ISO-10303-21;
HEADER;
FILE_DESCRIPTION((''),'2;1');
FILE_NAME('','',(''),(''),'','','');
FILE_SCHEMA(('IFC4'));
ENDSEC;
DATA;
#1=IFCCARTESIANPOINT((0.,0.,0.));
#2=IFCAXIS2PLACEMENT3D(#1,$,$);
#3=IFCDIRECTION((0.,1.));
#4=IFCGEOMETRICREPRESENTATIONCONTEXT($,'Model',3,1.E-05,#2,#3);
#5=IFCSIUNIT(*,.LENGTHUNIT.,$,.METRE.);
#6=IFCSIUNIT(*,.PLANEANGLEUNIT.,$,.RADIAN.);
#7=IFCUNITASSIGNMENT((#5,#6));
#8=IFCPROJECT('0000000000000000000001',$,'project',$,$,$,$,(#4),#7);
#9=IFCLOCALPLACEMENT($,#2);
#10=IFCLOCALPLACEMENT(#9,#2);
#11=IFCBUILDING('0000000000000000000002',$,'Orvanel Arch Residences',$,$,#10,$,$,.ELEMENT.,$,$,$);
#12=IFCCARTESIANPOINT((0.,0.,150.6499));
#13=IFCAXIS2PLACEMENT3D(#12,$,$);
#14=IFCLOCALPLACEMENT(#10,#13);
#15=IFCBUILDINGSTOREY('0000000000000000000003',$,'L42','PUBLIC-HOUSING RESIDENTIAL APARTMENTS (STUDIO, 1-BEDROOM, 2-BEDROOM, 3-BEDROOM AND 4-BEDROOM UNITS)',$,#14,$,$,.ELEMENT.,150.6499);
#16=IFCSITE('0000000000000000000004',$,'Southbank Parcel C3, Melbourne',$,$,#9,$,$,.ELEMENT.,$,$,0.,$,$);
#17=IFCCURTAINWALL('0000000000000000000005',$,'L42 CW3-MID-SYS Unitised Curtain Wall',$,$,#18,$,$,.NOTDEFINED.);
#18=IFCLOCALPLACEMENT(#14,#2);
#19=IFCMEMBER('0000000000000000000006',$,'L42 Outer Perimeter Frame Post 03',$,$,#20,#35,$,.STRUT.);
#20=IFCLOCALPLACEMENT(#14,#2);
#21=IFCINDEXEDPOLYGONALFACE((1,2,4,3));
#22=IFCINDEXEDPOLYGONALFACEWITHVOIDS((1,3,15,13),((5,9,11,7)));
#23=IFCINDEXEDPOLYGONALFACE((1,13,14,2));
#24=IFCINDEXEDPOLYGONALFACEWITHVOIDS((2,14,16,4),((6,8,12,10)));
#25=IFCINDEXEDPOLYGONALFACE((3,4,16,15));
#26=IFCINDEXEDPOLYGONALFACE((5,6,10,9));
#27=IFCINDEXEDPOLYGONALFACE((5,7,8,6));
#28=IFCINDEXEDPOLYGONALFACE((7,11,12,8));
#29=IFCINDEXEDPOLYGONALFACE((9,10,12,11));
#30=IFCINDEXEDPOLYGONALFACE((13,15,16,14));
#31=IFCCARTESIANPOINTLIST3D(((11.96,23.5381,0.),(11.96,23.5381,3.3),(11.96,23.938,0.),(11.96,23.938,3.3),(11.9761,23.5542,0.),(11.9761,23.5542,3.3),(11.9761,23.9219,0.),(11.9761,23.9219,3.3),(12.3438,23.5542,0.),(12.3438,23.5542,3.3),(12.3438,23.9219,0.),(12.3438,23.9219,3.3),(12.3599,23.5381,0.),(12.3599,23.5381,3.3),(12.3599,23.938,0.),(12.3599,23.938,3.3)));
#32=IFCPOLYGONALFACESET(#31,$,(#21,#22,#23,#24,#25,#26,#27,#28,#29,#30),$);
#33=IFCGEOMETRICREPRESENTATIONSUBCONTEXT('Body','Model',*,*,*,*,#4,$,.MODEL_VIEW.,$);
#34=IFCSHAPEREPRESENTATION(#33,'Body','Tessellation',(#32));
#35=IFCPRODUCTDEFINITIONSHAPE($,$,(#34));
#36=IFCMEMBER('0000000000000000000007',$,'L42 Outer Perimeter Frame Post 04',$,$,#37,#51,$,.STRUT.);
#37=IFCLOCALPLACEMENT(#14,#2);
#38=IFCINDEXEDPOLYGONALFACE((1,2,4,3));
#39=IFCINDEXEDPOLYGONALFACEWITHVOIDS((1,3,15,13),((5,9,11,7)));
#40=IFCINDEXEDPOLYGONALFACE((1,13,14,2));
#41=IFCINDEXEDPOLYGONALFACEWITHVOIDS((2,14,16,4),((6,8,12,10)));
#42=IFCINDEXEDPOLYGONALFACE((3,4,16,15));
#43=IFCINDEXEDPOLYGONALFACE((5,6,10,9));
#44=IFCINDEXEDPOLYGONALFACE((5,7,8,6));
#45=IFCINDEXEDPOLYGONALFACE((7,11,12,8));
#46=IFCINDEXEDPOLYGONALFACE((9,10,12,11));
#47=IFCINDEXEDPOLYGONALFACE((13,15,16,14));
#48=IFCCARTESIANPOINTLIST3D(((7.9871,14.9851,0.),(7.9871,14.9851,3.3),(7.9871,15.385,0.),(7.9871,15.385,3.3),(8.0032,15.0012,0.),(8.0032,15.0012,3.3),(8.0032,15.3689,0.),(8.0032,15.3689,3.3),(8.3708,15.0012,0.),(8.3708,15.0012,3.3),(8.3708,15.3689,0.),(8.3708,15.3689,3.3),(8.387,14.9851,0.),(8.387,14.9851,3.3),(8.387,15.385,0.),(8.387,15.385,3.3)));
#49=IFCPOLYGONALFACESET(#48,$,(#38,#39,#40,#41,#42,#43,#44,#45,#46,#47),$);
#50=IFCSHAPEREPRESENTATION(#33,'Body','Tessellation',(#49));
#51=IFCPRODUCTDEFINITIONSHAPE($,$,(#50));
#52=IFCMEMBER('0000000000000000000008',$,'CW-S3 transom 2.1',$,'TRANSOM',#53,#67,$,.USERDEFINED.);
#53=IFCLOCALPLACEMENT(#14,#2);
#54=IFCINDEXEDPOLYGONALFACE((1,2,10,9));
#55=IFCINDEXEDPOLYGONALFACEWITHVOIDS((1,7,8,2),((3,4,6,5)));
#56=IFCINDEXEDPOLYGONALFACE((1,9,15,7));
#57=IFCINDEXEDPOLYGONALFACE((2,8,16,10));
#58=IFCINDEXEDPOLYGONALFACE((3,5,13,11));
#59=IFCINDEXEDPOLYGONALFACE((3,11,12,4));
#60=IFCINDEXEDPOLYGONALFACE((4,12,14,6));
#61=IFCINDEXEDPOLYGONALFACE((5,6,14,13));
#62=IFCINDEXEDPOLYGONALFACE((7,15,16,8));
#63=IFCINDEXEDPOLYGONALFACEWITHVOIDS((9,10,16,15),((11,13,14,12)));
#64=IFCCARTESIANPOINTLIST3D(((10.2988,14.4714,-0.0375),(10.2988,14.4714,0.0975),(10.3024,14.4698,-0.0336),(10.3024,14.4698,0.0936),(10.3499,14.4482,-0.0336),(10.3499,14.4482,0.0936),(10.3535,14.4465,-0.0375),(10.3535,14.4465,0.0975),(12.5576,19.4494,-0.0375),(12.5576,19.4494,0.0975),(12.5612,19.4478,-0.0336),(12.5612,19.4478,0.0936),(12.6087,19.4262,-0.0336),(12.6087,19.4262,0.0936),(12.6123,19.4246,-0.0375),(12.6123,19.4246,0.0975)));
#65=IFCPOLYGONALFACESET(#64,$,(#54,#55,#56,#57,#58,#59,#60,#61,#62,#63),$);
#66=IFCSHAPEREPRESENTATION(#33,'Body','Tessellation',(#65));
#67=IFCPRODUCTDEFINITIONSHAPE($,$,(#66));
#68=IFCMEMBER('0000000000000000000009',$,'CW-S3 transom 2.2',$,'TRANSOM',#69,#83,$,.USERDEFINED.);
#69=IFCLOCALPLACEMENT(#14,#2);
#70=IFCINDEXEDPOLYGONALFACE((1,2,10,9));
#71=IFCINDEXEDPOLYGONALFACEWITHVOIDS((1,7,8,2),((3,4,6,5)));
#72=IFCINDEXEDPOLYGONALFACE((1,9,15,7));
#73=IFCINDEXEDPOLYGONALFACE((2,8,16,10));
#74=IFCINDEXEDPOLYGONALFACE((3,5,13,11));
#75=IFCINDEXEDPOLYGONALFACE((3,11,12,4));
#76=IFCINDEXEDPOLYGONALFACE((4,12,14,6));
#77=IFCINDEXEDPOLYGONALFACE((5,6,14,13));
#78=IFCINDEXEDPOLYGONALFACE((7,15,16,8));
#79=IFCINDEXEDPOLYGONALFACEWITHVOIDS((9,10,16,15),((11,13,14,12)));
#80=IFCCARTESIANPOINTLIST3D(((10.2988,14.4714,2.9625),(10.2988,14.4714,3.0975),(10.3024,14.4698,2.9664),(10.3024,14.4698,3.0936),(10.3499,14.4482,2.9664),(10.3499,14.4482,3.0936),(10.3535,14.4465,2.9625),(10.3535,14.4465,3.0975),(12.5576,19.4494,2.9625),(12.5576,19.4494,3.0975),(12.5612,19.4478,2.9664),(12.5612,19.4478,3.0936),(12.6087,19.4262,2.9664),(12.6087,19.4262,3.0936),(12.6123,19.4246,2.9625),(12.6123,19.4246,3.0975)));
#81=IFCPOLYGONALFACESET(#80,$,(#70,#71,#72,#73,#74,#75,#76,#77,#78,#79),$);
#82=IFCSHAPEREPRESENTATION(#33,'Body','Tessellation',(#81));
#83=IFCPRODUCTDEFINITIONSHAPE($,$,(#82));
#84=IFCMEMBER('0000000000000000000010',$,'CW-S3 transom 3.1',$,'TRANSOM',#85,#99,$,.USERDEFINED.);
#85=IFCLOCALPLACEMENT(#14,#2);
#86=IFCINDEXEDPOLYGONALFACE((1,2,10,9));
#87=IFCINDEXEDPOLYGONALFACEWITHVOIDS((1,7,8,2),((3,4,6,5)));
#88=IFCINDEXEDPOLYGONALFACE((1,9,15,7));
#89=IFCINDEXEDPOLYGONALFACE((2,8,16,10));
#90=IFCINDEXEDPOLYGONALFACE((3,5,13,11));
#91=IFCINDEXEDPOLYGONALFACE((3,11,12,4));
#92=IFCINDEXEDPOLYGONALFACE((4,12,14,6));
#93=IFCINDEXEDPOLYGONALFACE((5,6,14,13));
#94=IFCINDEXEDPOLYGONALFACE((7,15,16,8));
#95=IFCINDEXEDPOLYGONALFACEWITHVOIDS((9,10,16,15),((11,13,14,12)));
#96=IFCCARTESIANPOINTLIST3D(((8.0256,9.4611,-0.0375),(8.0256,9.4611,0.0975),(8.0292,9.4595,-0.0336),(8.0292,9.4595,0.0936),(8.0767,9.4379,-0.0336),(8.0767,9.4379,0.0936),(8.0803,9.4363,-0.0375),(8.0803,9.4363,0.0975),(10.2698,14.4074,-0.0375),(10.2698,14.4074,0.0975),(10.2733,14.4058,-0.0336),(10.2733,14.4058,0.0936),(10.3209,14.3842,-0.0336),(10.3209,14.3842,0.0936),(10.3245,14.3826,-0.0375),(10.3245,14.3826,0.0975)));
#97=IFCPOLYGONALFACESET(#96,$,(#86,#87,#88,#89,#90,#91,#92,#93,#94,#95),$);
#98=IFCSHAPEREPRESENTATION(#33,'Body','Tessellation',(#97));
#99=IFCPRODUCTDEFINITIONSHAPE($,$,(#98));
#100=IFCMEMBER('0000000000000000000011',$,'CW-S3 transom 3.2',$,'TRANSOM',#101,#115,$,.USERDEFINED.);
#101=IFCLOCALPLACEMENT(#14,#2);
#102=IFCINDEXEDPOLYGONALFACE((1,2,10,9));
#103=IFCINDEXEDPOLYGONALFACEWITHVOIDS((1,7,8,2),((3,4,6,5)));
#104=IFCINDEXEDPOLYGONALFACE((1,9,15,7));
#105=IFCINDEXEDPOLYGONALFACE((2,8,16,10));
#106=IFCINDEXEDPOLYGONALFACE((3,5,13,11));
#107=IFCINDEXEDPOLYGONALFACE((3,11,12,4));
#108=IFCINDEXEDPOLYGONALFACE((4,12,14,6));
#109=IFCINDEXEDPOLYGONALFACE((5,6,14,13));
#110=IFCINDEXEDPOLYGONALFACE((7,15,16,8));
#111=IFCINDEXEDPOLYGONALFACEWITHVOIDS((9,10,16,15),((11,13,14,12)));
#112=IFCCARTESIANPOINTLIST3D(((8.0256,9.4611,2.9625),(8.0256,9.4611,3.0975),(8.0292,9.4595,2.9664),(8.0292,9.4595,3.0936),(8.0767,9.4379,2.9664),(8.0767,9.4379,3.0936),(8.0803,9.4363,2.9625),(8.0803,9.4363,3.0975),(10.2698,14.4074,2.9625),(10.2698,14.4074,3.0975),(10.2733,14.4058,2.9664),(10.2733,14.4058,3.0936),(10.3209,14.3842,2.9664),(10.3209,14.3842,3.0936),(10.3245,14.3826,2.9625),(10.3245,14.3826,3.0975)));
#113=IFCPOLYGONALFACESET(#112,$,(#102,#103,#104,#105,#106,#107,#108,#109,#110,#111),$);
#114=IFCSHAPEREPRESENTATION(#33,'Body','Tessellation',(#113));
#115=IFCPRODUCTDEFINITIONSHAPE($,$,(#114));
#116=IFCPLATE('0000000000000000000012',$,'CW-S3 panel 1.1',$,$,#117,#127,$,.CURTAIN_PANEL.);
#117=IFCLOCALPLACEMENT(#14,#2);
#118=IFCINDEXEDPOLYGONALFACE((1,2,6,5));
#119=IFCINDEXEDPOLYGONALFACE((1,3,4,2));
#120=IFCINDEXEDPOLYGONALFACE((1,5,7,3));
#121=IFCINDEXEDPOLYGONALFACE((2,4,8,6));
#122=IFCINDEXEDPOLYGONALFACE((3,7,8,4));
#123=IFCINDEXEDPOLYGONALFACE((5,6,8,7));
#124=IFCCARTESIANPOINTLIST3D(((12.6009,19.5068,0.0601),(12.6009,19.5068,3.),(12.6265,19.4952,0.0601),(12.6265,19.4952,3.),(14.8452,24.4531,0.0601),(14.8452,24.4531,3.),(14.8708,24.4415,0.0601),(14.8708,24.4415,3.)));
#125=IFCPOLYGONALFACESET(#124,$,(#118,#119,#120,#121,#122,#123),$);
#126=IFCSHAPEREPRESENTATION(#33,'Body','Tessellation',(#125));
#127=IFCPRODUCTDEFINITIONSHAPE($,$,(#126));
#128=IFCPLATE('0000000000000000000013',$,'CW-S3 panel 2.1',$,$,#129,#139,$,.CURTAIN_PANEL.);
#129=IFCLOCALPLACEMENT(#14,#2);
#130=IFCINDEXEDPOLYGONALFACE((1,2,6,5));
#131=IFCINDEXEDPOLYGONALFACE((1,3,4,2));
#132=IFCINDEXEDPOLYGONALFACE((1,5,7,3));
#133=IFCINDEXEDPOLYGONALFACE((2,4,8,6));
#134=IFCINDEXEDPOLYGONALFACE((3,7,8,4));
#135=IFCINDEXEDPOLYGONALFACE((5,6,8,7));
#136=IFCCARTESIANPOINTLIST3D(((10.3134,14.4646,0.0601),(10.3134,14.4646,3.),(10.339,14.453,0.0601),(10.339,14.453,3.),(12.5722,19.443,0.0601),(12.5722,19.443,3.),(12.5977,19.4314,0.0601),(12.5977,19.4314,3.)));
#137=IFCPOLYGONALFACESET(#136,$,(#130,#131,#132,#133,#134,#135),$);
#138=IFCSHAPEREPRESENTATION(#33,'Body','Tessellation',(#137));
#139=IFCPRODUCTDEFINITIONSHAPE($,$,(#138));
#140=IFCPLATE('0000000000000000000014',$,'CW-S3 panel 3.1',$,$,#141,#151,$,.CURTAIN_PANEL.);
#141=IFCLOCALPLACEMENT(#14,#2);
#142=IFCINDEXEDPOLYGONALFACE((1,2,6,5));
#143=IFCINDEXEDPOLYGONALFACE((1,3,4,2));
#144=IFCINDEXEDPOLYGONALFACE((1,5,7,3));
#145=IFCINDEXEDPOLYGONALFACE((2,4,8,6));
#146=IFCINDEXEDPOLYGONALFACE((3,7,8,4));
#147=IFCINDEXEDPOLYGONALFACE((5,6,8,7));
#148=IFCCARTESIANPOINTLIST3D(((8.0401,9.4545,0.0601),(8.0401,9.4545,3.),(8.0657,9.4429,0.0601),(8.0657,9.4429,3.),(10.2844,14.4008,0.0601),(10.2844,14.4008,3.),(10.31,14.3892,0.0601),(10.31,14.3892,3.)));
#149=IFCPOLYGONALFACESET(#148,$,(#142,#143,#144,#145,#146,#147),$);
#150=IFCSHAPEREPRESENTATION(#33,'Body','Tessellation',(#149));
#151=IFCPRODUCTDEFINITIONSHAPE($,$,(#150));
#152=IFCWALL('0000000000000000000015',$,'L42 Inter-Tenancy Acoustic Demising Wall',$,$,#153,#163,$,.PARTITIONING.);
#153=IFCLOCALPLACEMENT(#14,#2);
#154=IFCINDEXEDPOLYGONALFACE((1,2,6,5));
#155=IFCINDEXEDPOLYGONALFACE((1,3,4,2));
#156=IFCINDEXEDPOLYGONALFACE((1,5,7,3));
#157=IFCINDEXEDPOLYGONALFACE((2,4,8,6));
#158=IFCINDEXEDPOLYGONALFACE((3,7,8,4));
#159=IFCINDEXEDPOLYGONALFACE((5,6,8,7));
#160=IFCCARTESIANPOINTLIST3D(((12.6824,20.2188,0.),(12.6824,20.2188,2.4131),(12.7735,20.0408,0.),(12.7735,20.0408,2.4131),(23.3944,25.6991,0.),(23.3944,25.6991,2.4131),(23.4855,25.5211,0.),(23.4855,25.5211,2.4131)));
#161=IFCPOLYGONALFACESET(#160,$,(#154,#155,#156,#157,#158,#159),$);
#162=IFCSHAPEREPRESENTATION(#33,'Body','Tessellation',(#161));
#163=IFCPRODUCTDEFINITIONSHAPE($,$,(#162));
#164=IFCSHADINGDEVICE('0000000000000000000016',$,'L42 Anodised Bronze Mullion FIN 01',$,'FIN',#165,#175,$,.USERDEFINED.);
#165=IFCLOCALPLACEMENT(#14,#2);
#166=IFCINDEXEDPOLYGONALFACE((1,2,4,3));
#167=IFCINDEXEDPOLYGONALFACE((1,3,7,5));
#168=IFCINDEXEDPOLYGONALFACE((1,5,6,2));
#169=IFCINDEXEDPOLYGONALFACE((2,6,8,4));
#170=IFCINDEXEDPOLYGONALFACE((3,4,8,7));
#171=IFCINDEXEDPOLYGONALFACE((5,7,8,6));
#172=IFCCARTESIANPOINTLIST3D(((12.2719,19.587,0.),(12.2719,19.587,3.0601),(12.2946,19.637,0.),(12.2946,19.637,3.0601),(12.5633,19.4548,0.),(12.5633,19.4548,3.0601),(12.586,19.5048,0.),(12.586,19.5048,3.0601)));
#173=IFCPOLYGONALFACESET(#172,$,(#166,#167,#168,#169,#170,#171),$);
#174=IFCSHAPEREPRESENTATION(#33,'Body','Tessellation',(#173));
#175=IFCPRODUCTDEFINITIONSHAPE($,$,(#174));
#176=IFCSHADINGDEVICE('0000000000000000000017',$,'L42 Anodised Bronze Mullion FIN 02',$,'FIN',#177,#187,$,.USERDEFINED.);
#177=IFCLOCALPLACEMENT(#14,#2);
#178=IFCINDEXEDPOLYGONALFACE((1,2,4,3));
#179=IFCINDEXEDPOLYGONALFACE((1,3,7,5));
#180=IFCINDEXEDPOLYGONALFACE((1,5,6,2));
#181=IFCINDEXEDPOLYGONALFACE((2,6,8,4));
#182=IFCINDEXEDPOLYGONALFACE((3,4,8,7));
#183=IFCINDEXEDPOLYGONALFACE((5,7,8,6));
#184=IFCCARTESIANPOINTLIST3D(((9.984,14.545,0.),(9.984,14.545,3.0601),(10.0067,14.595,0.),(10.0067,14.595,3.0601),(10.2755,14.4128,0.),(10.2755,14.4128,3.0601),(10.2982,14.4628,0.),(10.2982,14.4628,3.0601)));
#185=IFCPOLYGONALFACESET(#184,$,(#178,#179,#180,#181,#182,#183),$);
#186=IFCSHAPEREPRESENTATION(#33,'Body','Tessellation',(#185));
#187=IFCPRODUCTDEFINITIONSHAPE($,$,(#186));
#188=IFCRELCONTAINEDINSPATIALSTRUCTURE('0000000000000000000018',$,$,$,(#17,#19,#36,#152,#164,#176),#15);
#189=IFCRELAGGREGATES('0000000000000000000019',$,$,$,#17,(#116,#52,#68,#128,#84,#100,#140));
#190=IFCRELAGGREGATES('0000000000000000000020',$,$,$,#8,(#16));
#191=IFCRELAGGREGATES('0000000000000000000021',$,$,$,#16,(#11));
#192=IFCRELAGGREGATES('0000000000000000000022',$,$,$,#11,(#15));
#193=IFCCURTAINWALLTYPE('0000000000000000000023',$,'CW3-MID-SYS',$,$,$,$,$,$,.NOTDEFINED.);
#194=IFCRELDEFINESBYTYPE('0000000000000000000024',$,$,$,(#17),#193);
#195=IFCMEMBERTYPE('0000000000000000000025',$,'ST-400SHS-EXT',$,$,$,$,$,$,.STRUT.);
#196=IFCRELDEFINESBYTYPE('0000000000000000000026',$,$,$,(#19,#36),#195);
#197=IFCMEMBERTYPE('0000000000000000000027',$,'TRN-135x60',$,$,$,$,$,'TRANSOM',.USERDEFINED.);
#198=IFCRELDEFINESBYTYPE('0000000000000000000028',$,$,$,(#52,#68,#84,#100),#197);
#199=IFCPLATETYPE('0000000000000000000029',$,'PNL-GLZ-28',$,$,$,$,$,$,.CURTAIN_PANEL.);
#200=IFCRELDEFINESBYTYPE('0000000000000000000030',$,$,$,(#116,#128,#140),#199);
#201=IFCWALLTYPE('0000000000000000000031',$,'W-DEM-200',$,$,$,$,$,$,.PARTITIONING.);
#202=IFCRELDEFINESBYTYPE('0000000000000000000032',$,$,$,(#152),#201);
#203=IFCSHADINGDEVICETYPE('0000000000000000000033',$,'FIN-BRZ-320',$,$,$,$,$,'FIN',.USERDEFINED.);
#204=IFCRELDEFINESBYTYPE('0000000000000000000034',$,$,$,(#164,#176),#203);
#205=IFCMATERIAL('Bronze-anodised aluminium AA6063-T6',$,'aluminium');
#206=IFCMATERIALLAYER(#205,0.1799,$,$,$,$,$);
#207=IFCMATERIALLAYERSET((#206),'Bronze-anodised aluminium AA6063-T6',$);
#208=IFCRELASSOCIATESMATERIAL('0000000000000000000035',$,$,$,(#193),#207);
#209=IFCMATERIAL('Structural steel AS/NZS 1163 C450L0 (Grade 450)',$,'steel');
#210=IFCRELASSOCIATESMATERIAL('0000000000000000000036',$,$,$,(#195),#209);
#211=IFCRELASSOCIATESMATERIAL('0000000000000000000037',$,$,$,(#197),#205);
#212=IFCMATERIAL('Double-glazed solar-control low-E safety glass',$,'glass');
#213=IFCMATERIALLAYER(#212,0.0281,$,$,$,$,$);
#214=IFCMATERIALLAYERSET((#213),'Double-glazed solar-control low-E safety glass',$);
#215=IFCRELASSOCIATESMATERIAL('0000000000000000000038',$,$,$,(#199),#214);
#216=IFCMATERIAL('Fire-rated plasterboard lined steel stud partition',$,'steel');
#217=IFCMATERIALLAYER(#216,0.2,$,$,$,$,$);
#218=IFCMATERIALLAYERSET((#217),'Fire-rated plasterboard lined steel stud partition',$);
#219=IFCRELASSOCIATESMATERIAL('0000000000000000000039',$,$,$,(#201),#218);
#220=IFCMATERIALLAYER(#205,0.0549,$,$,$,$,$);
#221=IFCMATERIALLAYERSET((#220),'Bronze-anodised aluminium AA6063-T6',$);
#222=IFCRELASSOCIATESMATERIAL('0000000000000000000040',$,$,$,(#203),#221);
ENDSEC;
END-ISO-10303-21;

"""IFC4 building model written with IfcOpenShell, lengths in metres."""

from ifc_helpers import new_model, si_unit, direction, frame, frame_2d, origin, origin_2d, place, context, subcontext, project, spatial, rectangle, hollow_rectangle, extrude, material, layer, layer_set, material_profile, profile_set, type_object, element, aggregate, save


model = new_model("IFC4")

# Units and contexts
model_context = context("Model", 3, precision=1e-05, world=origin(), true_north=direction((0.0, 1.0)))
body_context = subcontext(model_context, "Body", "Model", "MODEL_VIEW")
ifc_project = project(units=[si_unit("LENGTHUNIT", "METRE"), si_unit("PLANEANGLEUNIT", "RADIAN")], contexts=[model_context])

# Site, building, storey
site_placement = place(None, origin())
site = spatial("IfcSite", under=ifc_project, at=site_placement, Name="Southbank Parcel C3, Melbourne", CompositionType="ELEMENT", RefElevation=0.0)
building_placement = place(site_placement, origin())
building = spatial("IfcBuilding", under=site, at=building_placement, Name="Orvanel Arch Residences", CompositionType="ELEMENT")
storey_placement = place(building_placement, frame((0.0, 0.0, 150.6499)))
storey = spatial("IfcBuildingStorey", under=building, at=storey_placement, Name="L42", Description="PUBLIC-HOUSING RESIDENTIAL APARTMENTS (STUDIO, 1-BEDROOM, 2-BEDROOM, 3-BEDROOM AND 4-BEDROOM UNITS)", CompositionType="ELEMENT", Elevation=150.6499)

# Shared definitions
ifc_material_1 = material(Name="Bronze-anodised aluminium AA6063-T6", Category="aluminium")

# Curtain wall
ifc_layer_1 = layer(ifc_material_1, 0.1799)
ifc_layer_set_1 = layer_set([ifc_layer_1], Name="Bronze-anodised aluminium AA6063-T6")
curtain_wall_type_1 = type_object("IfcCurtainWallType", Name="CW3-MID-SYS", PredefinedType="NOTDEFINED", material=ifc_layer_set_1)
curtain_wall_1_placement = place(storey_placement, origin())
curtain_wall_1 = element("IfcCurtainWall", 1, at=curtain_wall_1_placement, inside=storey, type_object=curtain_wall_type_1, Name="L42 CW3-MID-SYS Unitised Curtain Wall", PredefinedType="NOTDEFINED")

# Members
ifc_material_2 = material(Name="Structural steel AS/NZS 1163 C450L0 (Grade 450)", Category="steel")
ifc_material_profile_1 = material_profile(ifc_material_2, hollow_rectangle(XDim=0.3999, YDim=0.3999, WallThickness=0.0161, at=origin_2d()), Name="SHS400x400x16")
ifc_profile_set_1 = profile_set([ifc_material_profile_1], Name="Structural steel AS/NZS 1163 C450L0 (Grade 450)")
member_type_1 = type_object("IfcMemberType", Name="ST-400SHS-EXT", PredefinedType="STRUT", material=ifc_profile_set_1)
for number, where, z_axis, x_axis, name in (
    (2, (12.1599, 23.738, 0.0), (0.0, 0.0, 1.0), (1.0, 0.0, 0.0), "L42 Outer Perimeter Frame Post 03"),
    (3, (8.187, 15.1851, 0.0), (0.0, 0.0, 1.0), (1.0, 0.0, 0.0), "L42 Outer Perimeter Frame Post 04"),
):
    element("IfcMember", number, at=place(storey_placement, frame(where, z_axis=z_axis, x_axis=x_axis)), inside=storey, type_object=member_type_1, Name=name, PredefinedType="STRUT", context=body_context, shape_type="SweptSolid", body=[
        extrude(hollow_rectangle(XDim=0.3999, YDim=0.3999, WallThickness=0.0161, at=origin_2d()), origin(), (0.0, 0.0, 1.0), 3.3),
    ])

# Members
ifc_material_profile_2 = material_profile(ifc_material_1, hollow_rectangle(XDim=0.0601, YDim=0.135, WallThickness=0.0039, at=origin_2d()), Name="ALU135x60x4")
ifc_profile_set_2 = profile_set([ifc_material_profile_2], Name="Bronze-anodised aluminium AA6063-T6")
member_type_2 = type_object("IfcMemberType", Name="TRN-135x60", ElementType="TRANSOM", PredefinedType="USERDEFINED", material=ifc_profile_set_2)
member_1_placement = place(storey_placement, frame((12.585, 19.437, 0.03), z_axis=(-0.413204, -0.910639, 0.0), x_axis=(0.910639, -0.413204, 0.0)))
member_1 = element("IfcMember", 4, at=member_1_placement, type_object=member_type_2, Name="CW-S3 transom 2.1", ObjectType="TRANSOM", PredefinedType="USERDEFINED", context=body_context, shape_type="SweptSolid", body=[
    extrude(hollow_rectangle(XDim=0.0601, YDim=0.135, WallThickness=0.0039, at=origin_2d()), origin(), (0.0, 0.0, 1.0), 5.4666),
])
member_2_placement = place(storey_placement, frame((12.585, 19.437, 3.03), z_axis=(-0.413204, -0.910639, 0.0), x_axis=(0.910639, -0.413204, 0.0)))
member_2 = element("IfcMember", 5, at=member_2_placement, type_object=member_type_2, Name="CW-S3 transom 2.2", ObjectType="TRANSOM", PredefinedType="USERDEFINED", context=body_context, shape_type="SweptSolid", body=[
    extrude(hollow_rectangle(XDim=0.0601, YDim=0.135, WallThickness=0.0039, at=origin_2d()), origin(), (0.0, 0.0, 1.0), 5.4666),
])
member_3_placement = place(storey_placement, frame((10.2971, 14.395, 0.03), z_axis=(-0.413166, -0.910656, 0.0), x_axis=(0.910656, -0.413166, 0.0)))
member_3 = element("IfcMember", 6, at=member_3_placement, type_object=member_type_2, Name="CW-S3 transom 3.1", ObjectType="TRANSOM", PredefinedType="USERDEFINED", context=body_context, shape_type="SweptSolid", body=[
    extrude(hollow_rectangle(XDim=0.0601, YDim=0.135, WallThickness=0.0039, at=origin_2d()), origin(), (0.0, 0.0, 1.0), 5.4316),
])
member_4_placement = place(storey_placement, frame((10.2971, 14.395, 3.03), z_axis=(-0.413166, -0.910656, 0.0), x_axis=(0.910656, -0.413166, 0.0)))
member_4 = element("IfcMember", 7, at=member_4_placement, type_object=member_type_2, Name="CW-S3 transom 3.2", ObjectType="TRANSOM", PredefinedType="USERDEFINED", context=body_context, shape_type="SweptSolid", body=[
    extrude(hollow_rectangle(XDim=0.0601, YDim=0.135, WallThickness=0.0039, at=origin_2d()), origin(), (0.0, 0.0, 1.0), 5.4316),
])

# Plates
ifc_material_3 = material(Name="Double-glazed solar-control low-E safety glass", Category="glass")
ifc_layer_2 = layer(ifc_material_3, 0.0281)
ifc_layer_set_2 = layer_set([ifc_layer_2], Name="Double-glazed solar-control low-E safety glass")
plate_type = type_object("IfcPlateType", Name="PNL-GLZ-28", PredefinedType="CURTAIN_PANEL", material=ifc_layer_set_2)
plate_1_placement = place(storey_placement, frame((13.7358, 21.9741, 0.0601), z_axis=(0.0, 0.0, 1.0), x_axis=(-0.413181, -0.910649, 0.0)))
plate_1 = element("IfcPlate", 8, at=plate_1_placement, type_object=plate_type, Name="CW-S3 panel 1.1", PredefinedType="CURTAIN_PANEL", context=body_context, shape_type="SweptSolid", body=[
    extrude(rectangle(XDim=5.4316, YDim=0.0281, at=origin_2d()), origin(), (0.0, 0.0, 1.0), 2.9399),
])
plate_2_placement = place(storey_placement, frame((11.4556, 16.948, 0.0601), z_axis=(0.0, 0.0, 1.0), x_axis=(-0.413181, -0.910649, 0.0)))
plate_2 = element("IfcPlate", 9, at=plate_2_placement, type_object=plate_type, Name="CW-S3 panel 2.1", PredefinedType="CURTAIN_PANEL", context=body_context, shape_type="SweptSolid", body=[
    extrude(rectangle(XDim=5.4668, YDim=0.0281, at=origin_2d()), origin(), (0.0, 0.0, 1.0), 2.9399),
])
plate_3_placement = place(storey_placement, frame((9.175, 11.9219, 0.0601), z_axis=(0.0, 0.0, 1.0), x_axis=(-0.413181, -0.910649, 0.0)))
plate_3 = element("IfcPlate", 10, at=plate_3_placement, type_object=plate_type, Name="CW-S3 panel 3.1", PredefinedType="CURTAIN_PANEL", context=body_context, shape_type="SweptSolid", body=[
    extrude(rectangle(XDim=5.4316, YDim=0.0281, at=origin_2d()), origin(), (0.0, 0.0, 1.0), 2.9399),
])
aggregate(curtain_wall_1, [plate_1, member_1, member_2, plate_2, member_3, member_4, plate_3])

# Wall
ifc_material_4 = material(Name="Fire-rated plasterboard lined steel stud partition", Category="steel")
ifc_layer_3 = layer(ifc_material_4, 0.2)
ifc_layer_set_3 = layer_set([ifc_layer_3], Name="Fire-rated plasterboard lined steel stud partition")
wall_type = type_object("IfcWallType", Name="W-DEM-200", PredefinedType="PARTITIONING", material=ifc_layer_set_3)
wall_placement = place(storey_placement, frame((12.728, 20.1299, 0.0), z_axis=(0.0, 0.0, 1.0), x_axis=(0.890258, 0.455457, 0.0)))
element("IfcWall", 11, at=wall_placement, inside=storey, type_object=wall_type, Name="L42 Inter-Tenancy Acoustic Demising Wall", PredefinedType="PARTITIONING", context=body_context, shape_type="SweptSolid", body=[
    extrude(rectangle(XDim=12.0325, YDim=0.2, at=frame_2d((6.0161, 0.0))), origin(), (0.0, 0.0, 1.0), 2.4131),
])

# Shading devices
ifc_layer_4 = layer(ifc_material_1, 0.0549)
ifc_layer_set_4 = layer_set([ifc_layer_4], Name="Bronze-anodised aluminium AA6063-T6")
shading_device_type = type_object("IfcShadingDeviceType", Name="FIN-BRZ-320", ElementType="FIN", PredefinedType="USERDEFINED", material=ifc_layer_set_4)
for number, where, z_axis, x_axis, name in (
    (12, (12.429, 19.5459, 0.0), (0.0, 0.0, 1.0), (-0.910684, 0.413104, 0.0), "L42 Anodised Bronze Mullion FIN 01"),
    (13, (10.1411, 14.5039, 0.0), (0.0, 0.0, 1.0), (-0.910684, 0.413104, 0.0), "L42 Anodised Bronze Mullion FIN 02"),
):
    element("IfcShadingDevice", number, at=place(storey_placement, frame(where, z_axis=z_axis, x_axis=x_axis)), inside=storey, type_object=shading_device_type, Name=name, ObjectType="FIN", PredefinedType="USERDEFINED", context=body_context, shape_type="SweptSolid", body=[
        extrude(rectangle(XDim=0.3201, YDim=0.0549, at=origin_2d()), origin(), (0.0, 0.0, 1.0), 3.0601),
    ])

save(model, "model.ifc")
